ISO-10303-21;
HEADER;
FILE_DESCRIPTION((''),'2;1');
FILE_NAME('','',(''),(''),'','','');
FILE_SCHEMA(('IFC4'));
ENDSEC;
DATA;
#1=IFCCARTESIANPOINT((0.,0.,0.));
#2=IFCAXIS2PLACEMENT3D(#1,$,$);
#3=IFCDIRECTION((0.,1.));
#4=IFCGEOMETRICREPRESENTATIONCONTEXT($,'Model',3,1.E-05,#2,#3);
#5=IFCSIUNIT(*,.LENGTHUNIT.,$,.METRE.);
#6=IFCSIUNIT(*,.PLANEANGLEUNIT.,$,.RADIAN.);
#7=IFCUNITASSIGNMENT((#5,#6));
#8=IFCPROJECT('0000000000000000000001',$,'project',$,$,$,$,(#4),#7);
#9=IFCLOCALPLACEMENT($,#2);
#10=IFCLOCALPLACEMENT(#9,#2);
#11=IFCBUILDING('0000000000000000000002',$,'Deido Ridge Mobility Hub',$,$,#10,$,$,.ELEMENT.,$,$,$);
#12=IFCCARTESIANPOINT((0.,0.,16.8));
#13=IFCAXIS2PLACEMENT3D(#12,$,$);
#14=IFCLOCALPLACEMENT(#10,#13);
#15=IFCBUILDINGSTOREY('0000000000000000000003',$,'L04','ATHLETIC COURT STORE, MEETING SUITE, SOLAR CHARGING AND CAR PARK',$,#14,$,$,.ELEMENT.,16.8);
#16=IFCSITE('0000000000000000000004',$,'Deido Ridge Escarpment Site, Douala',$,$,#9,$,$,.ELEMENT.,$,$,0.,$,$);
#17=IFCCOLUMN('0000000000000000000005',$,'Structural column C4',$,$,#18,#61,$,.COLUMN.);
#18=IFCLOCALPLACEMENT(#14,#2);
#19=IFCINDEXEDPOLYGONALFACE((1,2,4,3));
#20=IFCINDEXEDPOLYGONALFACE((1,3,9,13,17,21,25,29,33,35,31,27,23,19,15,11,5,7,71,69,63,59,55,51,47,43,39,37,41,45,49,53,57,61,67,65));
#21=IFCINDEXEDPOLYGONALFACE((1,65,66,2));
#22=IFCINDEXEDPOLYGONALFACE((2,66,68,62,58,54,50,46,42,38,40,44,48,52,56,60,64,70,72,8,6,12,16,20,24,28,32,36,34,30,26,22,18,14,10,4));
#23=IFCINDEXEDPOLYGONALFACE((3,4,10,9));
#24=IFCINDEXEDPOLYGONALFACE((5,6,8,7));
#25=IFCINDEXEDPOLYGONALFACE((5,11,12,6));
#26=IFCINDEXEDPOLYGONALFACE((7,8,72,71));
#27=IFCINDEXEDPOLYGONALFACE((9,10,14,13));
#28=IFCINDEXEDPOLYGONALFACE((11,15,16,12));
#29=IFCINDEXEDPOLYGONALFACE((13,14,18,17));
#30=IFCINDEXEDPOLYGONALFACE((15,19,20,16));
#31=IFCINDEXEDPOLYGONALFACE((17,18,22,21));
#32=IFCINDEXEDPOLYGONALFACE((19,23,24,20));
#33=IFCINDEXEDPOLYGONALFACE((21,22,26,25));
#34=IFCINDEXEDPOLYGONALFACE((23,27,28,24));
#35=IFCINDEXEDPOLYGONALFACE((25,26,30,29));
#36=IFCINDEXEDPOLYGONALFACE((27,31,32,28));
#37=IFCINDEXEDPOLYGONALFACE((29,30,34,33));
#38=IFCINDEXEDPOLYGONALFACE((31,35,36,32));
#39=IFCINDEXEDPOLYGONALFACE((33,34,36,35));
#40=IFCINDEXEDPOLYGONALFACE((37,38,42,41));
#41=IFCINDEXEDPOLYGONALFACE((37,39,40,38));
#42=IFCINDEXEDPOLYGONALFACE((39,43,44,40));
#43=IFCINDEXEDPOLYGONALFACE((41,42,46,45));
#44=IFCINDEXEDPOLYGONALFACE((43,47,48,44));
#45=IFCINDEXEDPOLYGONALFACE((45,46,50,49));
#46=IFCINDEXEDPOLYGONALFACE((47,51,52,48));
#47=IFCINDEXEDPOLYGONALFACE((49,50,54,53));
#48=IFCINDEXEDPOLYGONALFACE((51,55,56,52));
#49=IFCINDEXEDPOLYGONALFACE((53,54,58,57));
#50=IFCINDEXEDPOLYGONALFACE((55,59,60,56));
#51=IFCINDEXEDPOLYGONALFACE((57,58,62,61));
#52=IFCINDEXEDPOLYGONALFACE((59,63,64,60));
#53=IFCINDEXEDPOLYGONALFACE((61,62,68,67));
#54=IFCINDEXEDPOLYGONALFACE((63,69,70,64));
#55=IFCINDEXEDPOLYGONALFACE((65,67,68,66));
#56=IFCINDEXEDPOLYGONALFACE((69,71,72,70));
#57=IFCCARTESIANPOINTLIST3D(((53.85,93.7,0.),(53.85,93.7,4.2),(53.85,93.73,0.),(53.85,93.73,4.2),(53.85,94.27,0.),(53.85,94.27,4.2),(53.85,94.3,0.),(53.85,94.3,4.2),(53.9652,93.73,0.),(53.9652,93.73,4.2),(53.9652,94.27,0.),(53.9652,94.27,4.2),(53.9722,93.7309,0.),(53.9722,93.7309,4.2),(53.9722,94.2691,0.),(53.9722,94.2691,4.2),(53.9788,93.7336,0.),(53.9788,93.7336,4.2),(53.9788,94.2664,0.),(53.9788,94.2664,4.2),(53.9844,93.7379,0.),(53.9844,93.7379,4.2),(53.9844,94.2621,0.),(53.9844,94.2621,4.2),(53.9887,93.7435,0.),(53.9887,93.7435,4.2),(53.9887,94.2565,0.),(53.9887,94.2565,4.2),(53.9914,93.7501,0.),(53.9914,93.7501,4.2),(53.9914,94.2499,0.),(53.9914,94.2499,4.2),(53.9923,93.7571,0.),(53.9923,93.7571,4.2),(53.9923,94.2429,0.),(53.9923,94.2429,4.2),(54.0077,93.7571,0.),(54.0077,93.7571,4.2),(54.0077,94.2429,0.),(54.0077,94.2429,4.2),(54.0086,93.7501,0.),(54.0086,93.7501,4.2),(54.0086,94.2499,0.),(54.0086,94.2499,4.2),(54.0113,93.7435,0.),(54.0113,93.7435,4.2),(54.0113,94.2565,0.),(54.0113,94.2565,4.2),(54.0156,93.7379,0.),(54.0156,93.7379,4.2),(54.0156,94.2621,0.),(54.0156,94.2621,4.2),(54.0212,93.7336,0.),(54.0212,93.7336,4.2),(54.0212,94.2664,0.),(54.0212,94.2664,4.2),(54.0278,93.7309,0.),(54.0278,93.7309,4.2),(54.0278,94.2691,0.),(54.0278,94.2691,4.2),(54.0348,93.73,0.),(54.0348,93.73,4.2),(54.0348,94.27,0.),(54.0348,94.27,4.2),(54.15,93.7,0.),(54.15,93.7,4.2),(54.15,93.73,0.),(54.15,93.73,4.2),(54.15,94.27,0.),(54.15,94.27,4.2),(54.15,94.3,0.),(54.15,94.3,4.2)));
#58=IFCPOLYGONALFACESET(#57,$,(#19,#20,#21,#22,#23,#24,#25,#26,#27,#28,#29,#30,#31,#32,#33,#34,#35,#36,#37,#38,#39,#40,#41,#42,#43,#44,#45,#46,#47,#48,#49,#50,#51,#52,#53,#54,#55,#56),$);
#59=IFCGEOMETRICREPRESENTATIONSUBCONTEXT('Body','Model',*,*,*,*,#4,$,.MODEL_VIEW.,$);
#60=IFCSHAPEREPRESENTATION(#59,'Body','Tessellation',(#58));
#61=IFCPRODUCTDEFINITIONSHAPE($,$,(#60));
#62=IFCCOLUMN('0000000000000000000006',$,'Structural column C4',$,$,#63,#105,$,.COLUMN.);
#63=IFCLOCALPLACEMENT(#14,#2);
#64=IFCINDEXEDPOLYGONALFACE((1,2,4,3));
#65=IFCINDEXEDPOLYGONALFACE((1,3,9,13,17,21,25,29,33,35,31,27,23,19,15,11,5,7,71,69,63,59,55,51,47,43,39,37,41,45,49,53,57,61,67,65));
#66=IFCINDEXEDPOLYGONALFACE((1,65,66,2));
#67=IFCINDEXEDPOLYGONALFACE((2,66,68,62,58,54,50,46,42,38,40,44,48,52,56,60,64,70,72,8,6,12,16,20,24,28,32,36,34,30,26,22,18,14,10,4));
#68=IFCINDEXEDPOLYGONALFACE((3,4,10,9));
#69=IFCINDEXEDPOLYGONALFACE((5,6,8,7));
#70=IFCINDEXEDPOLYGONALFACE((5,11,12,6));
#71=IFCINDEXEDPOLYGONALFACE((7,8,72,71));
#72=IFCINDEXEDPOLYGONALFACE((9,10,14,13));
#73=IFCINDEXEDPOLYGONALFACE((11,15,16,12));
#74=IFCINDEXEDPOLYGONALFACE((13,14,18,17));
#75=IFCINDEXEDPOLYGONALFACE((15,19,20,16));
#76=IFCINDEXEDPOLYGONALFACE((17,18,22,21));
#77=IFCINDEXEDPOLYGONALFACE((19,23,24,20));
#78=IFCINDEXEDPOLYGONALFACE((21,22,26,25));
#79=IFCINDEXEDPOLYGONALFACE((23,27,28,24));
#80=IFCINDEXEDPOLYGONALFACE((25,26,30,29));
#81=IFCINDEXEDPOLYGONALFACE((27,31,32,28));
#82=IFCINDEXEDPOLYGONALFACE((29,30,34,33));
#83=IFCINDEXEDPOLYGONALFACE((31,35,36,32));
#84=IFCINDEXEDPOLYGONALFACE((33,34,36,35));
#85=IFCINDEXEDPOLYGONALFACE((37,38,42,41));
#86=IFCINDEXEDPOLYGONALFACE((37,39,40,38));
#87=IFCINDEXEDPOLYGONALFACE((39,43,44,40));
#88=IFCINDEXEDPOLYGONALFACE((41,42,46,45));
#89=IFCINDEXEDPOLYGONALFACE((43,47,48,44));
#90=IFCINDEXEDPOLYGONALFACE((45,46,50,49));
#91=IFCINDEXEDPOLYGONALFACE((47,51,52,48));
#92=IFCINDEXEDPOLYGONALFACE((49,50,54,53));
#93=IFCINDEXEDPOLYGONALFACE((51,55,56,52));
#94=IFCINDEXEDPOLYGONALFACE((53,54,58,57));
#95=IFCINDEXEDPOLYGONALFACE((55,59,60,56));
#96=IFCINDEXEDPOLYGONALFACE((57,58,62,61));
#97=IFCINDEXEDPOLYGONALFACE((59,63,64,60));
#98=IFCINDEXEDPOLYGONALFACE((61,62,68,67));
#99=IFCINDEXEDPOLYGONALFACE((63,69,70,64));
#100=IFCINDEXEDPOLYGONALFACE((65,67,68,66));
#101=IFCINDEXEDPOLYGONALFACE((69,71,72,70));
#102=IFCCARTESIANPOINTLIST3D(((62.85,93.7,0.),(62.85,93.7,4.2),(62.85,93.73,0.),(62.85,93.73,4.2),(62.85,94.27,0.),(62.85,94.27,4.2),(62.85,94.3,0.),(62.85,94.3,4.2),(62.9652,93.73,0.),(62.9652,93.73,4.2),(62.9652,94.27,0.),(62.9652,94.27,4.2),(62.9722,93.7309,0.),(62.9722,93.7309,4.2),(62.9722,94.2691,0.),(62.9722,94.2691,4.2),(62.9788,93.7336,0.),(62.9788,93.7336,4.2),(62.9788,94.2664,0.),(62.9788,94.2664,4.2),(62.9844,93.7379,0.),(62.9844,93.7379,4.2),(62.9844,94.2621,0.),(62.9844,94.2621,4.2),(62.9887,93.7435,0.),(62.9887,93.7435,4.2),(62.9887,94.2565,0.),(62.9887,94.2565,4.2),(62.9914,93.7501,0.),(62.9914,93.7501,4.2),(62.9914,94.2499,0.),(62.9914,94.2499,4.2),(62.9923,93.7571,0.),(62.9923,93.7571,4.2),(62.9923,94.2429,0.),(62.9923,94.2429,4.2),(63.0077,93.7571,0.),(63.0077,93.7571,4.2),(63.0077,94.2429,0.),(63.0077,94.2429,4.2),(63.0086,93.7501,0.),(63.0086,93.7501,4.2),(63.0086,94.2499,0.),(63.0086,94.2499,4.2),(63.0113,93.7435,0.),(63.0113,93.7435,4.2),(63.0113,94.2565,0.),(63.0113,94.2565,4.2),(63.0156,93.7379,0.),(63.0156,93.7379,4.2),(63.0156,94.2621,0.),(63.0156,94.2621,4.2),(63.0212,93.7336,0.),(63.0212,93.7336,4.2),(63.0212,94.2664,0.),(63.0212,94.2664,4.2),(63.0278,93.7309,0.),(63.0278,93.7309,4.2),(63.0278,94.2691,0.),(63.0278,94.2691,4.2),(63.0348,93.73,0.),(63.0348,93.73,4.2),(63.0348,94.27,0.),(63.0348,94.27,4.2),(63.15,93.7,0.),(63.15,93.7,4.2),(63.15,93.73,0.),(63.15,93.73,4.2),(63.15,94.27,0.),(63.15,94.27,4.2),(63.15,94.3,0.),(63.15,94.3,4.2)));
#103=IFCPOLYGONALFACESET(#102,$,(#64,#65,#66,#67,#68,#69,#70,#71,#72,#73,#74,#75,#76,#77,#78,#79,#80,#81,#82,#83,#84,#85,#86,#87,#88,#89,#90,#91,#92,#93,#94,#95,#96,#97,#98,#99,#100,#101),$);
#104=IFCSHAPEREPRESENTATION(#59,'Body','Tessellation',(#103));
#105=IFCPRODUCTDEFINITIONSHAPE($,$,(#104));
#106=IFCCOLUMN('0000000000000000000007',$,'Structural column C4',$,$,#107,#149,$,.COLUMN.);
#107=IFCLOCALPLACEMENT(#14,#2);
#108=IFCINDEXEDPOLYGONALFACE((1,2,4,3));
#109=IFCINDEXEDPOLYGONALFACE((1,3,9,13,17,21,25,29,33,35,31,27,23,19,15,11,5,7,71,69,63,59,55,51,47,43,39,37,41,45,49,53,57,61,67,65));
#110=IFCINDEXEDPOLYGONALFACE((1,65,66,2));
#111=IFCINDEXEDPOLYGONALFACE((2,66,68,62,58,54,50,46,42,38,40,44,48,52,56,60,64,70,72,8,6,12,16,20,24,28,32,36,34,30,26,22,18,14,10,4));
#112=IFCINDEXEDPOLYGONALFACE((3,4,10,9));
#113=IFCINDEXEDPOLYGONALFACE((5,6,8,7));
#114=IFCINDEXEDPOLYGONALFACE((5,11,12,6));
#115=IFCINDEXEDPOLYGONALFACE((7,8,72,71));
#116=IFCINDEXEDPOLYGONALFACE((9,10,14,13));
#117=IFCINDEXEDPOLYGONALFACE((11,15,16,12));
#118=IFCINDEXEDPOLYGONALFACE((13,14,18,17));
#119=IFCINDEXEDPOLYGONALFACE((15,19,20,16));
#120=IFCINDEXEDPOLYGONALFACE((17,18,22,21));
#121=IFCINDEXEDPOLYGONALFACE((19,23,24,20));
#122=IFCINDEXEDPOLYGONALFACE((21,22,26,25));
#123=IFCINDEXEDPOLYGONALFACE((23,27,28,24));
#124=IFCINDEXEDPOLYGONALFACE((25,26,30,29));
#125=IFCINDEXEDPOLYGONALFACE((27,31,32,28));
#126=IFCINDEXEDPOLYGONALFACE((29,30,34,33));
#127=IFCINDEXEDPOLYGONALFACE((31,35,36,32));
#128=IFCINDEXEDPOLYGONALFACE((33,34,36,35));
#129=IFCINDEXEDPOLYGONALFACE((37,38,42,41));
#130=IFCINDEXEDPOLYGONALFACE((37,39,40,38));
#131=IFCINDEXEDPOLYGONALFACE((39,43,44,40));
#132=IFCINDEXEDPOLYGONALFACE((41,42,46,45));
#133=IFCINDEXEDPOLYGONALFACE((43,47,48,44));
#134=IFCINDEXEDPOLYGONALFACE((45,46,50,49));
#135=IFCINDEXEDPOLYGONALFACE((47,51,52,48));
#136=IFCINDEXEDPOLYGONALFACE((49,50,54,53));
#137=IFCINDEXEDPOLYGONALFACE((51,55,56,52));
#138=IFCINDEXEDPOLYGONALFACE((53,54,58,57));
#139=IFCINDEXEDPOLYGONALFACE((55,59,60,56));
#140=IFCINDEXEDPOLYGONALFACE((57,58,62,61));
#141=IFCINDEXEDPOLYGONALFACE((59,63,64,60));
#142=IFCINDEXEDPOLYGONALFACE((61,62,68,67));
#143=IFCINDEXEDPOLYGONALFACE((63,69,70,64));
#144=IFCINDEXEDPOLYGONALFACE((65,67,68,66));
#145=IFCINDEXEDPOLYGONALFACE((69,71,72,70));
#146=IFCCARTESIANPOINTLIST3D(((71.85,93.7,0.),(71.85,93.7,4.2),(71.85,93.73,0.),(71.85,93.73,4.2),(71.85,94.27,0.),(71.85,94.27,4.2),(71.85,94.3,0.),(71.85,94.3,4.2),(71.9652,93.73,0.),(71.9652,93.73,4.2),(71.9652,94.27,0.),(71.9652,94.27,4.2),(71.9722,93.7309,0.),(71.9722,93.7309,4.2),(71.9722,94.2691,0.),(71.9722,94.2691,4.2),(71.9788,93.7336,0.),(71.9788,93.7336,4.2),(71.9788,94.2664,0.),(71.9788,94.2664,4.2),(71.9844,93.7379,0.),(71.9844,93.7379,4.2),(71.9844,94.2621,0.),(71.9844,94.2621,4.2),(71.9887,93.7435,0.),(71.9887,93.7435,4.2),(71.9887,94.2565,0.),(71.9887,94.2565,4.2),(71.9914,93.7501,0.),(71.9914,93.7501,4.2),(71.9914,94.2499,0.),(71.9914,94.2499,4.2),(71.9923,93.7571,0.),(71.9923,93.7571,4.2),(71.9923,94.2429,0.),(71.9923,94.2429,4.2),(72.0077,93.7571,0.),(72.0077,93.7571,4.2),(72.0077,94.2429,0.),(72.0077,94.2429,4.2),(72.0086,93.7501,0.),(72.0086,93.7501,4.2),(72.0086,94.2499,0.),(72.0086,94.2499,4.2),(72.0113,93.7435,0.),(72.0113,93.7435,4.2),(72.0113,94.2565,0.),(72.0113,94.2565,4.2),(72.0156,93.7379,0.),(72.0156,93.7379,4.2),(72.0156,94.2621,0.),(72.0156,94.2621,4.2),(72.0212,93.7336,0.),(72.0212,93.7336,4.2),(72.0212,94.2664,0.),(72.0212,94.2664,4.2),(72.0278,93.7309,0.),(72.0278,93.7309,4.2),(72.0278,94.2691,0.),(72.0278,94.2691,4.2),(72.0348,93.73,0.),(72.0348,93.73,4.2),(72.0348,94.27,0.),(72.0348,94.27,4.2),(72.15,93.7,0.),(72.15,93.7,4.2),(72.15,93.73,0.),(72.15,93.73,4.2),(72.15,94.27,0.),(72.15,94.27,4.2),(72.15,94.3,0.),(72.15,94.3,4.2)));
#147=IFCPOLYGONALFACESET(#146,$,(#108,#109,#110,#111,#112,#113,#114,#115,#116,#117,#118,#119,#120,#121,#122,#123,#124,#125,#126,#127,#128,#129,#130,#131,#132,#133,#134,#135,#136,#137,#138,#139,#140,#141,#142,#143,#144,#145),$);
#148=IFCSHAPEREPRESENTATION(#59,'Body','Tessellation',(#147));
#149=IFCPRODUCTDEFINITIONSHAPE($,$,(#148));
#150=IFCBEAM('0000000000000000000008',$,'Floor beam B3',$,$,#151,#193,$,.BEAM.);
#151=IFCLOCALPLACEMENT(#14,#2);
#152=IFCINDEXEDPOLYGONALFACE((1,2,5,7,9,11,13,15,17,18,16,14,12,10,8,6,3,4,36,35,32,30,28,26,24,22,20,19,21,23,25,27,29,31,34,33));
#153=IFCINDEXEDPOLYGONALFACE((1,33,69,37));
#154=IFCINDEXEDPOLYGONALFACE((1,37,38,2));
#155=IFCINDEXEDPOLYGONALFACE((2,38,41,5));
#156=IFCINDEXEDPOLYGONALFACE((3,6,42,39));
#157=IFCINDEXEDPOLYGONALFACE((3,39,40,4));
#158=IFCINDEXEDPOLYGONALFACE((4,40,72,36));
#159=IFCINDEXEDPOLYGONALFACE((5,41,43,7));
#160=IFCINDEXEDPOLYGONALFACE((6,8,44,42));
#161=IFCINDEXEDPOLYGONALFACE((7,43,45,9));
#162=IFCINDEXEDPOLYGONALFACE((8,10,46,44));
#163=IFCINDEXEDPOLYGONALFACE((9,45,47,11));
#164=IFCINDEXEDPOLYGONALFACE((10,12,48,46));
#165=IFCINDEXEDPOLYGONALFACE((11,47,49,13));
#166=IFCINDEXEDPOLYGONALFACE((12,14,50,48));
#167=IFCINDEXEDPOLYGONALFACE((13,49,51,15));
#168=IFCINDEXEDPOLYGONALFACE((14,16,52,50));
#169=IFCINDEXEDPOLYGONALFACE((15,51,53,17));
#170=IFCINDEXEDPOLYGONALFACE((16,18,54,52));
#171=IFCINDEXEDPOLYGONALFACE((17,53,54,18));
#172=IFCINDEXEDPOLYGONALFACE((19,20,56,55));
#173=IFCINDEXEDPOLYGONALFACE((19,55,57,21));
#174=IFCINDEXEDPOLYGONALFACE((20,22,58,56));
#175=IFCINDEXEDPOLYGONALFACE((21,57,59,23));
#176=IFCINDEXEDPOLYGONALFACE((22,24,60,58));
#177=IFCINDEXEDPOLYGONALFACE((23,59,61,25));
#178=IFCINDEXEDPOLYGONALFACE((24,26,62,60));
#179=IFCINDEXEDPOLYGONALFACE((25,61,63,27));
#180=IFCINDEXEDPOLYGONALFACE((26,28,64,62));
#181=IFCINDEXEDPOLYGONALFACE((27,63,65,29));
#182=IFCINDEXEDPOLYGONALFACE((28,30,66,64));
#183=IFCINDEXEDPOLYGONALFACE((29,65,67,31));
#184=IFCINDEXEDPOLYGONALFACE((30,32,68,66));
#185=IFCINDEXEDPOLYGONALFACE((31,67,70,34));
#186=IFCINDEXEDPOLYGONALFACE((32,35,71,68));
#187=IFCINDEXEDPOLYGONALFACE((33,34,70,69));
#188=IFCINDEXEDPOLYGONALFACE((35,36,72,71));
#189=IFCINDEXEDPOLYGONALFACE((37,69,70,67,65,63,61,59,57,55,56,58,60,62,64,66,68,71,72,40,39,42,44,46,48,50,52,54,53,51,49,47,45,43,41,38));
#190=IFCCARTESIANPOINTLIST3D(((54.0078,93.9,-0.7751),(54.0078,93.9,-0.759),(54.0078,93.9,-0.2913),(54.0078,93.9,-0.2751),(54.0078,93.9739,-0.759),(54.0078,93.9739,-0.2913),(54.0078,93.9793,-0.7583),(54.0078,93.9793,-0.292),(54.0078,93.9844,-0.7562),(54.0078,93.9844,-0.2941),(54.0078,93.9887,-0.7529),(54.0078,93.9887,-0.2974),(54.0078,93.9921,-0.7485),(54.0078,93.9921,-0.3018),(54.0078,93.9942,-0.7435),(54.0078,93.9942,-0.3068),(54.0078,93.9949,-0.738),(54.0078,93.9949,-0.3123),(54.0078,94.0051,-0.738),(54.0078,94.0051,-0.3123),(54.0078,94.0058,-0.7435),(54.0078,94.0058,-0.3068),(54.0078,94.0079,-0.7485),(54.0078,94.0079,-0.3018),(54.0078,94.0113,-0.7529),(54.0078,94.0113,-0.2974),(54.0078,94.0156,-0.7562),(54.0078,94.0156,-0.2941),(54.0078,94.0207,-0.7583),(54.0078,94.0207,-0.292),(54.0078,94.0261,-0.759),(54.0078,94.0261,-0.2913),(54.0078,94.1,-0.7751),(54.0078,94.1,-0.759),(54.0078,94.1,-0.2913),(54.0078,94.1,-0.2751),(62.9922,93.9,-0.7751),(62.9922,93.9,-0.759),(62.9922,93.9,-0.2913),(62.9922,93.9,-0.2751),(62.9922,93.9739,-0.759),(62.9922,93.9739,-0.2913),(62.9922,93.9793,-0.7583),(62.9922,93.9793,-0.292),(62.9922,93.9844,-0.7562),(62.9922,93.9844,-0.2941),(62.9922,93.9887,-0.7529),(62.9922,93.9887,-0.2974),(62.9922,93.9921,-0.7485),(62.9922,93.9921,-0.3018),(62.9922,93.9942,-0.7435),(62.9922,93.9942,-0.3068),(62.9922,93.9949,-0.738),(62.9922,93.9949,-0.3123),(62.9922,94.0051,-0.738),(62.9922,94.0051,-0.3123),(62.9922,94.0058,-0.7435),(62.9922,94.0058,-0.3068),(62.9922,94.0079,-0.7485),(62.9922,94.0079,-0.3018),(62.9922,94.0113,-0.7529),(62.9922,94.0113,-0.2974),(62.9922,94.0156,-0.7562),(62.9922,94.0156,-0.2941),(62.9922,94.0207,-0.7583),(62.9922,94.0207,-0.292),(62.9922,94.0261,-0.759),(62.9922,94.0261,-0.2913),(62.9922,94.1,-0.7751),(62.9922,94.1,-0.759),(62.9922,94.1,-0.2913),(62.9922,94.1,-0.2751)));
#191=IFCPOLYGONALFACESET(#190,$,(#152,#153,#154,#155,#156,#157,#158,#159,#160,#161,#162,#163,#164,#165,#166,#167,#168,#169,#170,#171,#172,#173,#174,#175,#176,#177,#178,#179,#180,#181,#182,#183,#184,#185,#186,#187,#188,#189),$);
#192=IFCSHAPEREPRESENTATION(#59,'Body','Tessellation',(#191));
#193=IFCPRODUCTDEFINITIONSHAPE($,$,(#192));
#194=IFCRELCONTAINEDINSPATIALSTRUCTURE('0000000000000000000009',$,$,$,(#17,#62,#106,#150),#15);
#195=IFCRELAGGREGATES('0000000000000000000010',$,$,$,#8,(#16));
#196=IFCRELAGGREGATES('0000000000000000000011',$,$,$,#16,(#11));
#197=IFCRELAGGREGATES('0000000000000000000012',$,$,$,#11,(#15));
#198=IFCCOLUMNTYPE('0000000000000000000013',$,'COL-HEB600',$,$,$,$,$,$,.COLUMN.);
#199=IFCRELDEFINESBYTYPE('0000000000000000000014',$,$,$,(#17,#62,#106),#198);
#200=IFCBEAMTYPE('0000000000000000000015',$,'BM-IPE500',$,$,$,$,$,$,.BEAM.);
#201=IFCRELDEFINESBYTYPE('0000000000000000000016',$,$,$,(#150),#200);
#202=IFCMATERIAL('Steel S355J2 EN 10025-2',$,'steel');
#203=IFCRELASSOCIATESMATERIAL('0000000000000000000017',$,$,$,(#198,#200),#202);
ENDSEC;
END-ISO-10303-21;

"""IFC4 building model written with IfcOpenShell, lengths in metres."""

from ifc_helpers import new_model, si_unit, direction, frame, origin, origin_2d, place, context, subcontext, project, spatial, i_section, extrude, material, material_profile, profile_set, type_object, element, save


model = new_model("IFC4")

# Units and contexts
model_context = context("Model", 3, precision=1e-05, world=origin(), true_north=direction((0.0, 1.0)))
body_context = subcontext(model_context, "Body", "Model", "MODEL_VIEW")
ifc_project = project(units=[si_unit("LENGTHUNIT", "METRE"), si_unit("PLANEANGLEUNIT", "RADIAN")], contexts=[model_context])

# Site, building, storey
site_placement = place(None, origin())
site = spatial("IfcSite", under=ifc_project, at=site_placement, Name="Deido Ridge Escarpment Site, Douala", CompositionType="ELEMENT", RefElevation=0.0)
building_placement = place(site_placement, origin())
building = spatial("IfcBuilding", under=site, at=building_placement, Name="Deido Ridge Mobility Hub", CompositionType="ELEMENT")
storey_placement = place(building_placement, frame((0.0, 0.0, 16.8)))
storey = spatial("IfcBuildingStorey", under=building, at=storey_placement, Name="L04", Description="ATHLETIC COURT STORE, MEETING SUITE, SOLAR CHARGING AND CAR PARK", CompositionType="ELEMENT", Elevation=16.8)

# Columns
ifc_material_1 = material(Name="Steel S355J2 EN 10025-2", Category="steel")
ifc_material_profile_1 = material_profile(ifc_material_1, i_section(OverallWidth=0.3, OverallDepth=0.6001, WebThickness=0.0154, FlangeThickness=0.03, FilletRadius=0.0271, at=origin_2d()), Name="HEB 600")
ifc_profile_set_1 = profile_set([ifc_material_profile_1], Name="Steel S355J2 EN 10025-2")
column_type = type_object("IfcColumnType", Name="COL-HEB600", PredefinedType="COLUMN", material=ifc_profile_set_1)
for number, where, z_axis, x_axis, name in (
    (1, (54.0, 94.0, 0.0), (0.0, 0.0, 1.0), (1.0, 0.0, 0.0), "Structural column C4"),
    (2, (63.0, 94.0, 0.0), (0.0, 0.0, 1.0), (1.0, 0.0, 0.0), "Structural column C4"),
    (3, (72.0, 94.0, 0.0), (0.0, 0.0, 1.0), (1.0, 0.0, 0.0), "Structural column C4"),
):
    element("IfcColumn", number, at=place(storey_placement, frame(where, z_axis=z_axis, x_axis=x_axis)), inside=storey, type_object=column_type, Name=name, PredefinedType="COLUMN", context=body_context, shape_type="SweptSolid", body=[
        extrude(i_section(OverallWidth=0.3, OverallDepth=0.6001, WebThickness=0.0154, FlangeThickness=0.03, FilletRadius=0.0271, at=origin_2d()), origin(), (0.0, 0.0, 1.0), 4.2),
    ])

# Beam
ifc_material_profile_2 = material_profile(ifc_material_1, i_section(OverallWidth=0.2, OverallDepth=0.5, WebThickness=0.0103, FlangeThickness=0.0161, FilletRadius=0.021, at=origin_2d()), Name="IPE 500")
ifc_profile_set_2 = profile_set([ifc_material_profile_2], Name="Steel S355J2 EN 10025-2")
beam_type_1 = type_object("IfcBeamType", Name="BM-IPE500", PredefinedType="BEAM", material=ifc_profile_set_2)
for number, where, z_axis, x_axis, name in (
    (4, (54.0078, 94.0, -0.5251), (1.0, 0.0, 0.0), (0.0, 1.0, 0.0), "Floor beam B3"),
):
    element("IfcBeam", number, at=place(storey_placement, frame(where, z_axis=z_axis, x_axis=x_axis)), inside=storey, type_object=beam_type_1, Name=name, PredefinedType="BEAM", context=body_context, shape_type="SweptSolid", body=[
        extrude(i_section(OverallWidth=0.2, OverallDepth=0.5, WebThickness=0.0103, FlangeThickness=0.0161, FilletRadius=0.021, at=origin_2d()), origin(), (0.0, 0.0, 1.0), 8.9844),
    ])

save(model, "model.ifc")
